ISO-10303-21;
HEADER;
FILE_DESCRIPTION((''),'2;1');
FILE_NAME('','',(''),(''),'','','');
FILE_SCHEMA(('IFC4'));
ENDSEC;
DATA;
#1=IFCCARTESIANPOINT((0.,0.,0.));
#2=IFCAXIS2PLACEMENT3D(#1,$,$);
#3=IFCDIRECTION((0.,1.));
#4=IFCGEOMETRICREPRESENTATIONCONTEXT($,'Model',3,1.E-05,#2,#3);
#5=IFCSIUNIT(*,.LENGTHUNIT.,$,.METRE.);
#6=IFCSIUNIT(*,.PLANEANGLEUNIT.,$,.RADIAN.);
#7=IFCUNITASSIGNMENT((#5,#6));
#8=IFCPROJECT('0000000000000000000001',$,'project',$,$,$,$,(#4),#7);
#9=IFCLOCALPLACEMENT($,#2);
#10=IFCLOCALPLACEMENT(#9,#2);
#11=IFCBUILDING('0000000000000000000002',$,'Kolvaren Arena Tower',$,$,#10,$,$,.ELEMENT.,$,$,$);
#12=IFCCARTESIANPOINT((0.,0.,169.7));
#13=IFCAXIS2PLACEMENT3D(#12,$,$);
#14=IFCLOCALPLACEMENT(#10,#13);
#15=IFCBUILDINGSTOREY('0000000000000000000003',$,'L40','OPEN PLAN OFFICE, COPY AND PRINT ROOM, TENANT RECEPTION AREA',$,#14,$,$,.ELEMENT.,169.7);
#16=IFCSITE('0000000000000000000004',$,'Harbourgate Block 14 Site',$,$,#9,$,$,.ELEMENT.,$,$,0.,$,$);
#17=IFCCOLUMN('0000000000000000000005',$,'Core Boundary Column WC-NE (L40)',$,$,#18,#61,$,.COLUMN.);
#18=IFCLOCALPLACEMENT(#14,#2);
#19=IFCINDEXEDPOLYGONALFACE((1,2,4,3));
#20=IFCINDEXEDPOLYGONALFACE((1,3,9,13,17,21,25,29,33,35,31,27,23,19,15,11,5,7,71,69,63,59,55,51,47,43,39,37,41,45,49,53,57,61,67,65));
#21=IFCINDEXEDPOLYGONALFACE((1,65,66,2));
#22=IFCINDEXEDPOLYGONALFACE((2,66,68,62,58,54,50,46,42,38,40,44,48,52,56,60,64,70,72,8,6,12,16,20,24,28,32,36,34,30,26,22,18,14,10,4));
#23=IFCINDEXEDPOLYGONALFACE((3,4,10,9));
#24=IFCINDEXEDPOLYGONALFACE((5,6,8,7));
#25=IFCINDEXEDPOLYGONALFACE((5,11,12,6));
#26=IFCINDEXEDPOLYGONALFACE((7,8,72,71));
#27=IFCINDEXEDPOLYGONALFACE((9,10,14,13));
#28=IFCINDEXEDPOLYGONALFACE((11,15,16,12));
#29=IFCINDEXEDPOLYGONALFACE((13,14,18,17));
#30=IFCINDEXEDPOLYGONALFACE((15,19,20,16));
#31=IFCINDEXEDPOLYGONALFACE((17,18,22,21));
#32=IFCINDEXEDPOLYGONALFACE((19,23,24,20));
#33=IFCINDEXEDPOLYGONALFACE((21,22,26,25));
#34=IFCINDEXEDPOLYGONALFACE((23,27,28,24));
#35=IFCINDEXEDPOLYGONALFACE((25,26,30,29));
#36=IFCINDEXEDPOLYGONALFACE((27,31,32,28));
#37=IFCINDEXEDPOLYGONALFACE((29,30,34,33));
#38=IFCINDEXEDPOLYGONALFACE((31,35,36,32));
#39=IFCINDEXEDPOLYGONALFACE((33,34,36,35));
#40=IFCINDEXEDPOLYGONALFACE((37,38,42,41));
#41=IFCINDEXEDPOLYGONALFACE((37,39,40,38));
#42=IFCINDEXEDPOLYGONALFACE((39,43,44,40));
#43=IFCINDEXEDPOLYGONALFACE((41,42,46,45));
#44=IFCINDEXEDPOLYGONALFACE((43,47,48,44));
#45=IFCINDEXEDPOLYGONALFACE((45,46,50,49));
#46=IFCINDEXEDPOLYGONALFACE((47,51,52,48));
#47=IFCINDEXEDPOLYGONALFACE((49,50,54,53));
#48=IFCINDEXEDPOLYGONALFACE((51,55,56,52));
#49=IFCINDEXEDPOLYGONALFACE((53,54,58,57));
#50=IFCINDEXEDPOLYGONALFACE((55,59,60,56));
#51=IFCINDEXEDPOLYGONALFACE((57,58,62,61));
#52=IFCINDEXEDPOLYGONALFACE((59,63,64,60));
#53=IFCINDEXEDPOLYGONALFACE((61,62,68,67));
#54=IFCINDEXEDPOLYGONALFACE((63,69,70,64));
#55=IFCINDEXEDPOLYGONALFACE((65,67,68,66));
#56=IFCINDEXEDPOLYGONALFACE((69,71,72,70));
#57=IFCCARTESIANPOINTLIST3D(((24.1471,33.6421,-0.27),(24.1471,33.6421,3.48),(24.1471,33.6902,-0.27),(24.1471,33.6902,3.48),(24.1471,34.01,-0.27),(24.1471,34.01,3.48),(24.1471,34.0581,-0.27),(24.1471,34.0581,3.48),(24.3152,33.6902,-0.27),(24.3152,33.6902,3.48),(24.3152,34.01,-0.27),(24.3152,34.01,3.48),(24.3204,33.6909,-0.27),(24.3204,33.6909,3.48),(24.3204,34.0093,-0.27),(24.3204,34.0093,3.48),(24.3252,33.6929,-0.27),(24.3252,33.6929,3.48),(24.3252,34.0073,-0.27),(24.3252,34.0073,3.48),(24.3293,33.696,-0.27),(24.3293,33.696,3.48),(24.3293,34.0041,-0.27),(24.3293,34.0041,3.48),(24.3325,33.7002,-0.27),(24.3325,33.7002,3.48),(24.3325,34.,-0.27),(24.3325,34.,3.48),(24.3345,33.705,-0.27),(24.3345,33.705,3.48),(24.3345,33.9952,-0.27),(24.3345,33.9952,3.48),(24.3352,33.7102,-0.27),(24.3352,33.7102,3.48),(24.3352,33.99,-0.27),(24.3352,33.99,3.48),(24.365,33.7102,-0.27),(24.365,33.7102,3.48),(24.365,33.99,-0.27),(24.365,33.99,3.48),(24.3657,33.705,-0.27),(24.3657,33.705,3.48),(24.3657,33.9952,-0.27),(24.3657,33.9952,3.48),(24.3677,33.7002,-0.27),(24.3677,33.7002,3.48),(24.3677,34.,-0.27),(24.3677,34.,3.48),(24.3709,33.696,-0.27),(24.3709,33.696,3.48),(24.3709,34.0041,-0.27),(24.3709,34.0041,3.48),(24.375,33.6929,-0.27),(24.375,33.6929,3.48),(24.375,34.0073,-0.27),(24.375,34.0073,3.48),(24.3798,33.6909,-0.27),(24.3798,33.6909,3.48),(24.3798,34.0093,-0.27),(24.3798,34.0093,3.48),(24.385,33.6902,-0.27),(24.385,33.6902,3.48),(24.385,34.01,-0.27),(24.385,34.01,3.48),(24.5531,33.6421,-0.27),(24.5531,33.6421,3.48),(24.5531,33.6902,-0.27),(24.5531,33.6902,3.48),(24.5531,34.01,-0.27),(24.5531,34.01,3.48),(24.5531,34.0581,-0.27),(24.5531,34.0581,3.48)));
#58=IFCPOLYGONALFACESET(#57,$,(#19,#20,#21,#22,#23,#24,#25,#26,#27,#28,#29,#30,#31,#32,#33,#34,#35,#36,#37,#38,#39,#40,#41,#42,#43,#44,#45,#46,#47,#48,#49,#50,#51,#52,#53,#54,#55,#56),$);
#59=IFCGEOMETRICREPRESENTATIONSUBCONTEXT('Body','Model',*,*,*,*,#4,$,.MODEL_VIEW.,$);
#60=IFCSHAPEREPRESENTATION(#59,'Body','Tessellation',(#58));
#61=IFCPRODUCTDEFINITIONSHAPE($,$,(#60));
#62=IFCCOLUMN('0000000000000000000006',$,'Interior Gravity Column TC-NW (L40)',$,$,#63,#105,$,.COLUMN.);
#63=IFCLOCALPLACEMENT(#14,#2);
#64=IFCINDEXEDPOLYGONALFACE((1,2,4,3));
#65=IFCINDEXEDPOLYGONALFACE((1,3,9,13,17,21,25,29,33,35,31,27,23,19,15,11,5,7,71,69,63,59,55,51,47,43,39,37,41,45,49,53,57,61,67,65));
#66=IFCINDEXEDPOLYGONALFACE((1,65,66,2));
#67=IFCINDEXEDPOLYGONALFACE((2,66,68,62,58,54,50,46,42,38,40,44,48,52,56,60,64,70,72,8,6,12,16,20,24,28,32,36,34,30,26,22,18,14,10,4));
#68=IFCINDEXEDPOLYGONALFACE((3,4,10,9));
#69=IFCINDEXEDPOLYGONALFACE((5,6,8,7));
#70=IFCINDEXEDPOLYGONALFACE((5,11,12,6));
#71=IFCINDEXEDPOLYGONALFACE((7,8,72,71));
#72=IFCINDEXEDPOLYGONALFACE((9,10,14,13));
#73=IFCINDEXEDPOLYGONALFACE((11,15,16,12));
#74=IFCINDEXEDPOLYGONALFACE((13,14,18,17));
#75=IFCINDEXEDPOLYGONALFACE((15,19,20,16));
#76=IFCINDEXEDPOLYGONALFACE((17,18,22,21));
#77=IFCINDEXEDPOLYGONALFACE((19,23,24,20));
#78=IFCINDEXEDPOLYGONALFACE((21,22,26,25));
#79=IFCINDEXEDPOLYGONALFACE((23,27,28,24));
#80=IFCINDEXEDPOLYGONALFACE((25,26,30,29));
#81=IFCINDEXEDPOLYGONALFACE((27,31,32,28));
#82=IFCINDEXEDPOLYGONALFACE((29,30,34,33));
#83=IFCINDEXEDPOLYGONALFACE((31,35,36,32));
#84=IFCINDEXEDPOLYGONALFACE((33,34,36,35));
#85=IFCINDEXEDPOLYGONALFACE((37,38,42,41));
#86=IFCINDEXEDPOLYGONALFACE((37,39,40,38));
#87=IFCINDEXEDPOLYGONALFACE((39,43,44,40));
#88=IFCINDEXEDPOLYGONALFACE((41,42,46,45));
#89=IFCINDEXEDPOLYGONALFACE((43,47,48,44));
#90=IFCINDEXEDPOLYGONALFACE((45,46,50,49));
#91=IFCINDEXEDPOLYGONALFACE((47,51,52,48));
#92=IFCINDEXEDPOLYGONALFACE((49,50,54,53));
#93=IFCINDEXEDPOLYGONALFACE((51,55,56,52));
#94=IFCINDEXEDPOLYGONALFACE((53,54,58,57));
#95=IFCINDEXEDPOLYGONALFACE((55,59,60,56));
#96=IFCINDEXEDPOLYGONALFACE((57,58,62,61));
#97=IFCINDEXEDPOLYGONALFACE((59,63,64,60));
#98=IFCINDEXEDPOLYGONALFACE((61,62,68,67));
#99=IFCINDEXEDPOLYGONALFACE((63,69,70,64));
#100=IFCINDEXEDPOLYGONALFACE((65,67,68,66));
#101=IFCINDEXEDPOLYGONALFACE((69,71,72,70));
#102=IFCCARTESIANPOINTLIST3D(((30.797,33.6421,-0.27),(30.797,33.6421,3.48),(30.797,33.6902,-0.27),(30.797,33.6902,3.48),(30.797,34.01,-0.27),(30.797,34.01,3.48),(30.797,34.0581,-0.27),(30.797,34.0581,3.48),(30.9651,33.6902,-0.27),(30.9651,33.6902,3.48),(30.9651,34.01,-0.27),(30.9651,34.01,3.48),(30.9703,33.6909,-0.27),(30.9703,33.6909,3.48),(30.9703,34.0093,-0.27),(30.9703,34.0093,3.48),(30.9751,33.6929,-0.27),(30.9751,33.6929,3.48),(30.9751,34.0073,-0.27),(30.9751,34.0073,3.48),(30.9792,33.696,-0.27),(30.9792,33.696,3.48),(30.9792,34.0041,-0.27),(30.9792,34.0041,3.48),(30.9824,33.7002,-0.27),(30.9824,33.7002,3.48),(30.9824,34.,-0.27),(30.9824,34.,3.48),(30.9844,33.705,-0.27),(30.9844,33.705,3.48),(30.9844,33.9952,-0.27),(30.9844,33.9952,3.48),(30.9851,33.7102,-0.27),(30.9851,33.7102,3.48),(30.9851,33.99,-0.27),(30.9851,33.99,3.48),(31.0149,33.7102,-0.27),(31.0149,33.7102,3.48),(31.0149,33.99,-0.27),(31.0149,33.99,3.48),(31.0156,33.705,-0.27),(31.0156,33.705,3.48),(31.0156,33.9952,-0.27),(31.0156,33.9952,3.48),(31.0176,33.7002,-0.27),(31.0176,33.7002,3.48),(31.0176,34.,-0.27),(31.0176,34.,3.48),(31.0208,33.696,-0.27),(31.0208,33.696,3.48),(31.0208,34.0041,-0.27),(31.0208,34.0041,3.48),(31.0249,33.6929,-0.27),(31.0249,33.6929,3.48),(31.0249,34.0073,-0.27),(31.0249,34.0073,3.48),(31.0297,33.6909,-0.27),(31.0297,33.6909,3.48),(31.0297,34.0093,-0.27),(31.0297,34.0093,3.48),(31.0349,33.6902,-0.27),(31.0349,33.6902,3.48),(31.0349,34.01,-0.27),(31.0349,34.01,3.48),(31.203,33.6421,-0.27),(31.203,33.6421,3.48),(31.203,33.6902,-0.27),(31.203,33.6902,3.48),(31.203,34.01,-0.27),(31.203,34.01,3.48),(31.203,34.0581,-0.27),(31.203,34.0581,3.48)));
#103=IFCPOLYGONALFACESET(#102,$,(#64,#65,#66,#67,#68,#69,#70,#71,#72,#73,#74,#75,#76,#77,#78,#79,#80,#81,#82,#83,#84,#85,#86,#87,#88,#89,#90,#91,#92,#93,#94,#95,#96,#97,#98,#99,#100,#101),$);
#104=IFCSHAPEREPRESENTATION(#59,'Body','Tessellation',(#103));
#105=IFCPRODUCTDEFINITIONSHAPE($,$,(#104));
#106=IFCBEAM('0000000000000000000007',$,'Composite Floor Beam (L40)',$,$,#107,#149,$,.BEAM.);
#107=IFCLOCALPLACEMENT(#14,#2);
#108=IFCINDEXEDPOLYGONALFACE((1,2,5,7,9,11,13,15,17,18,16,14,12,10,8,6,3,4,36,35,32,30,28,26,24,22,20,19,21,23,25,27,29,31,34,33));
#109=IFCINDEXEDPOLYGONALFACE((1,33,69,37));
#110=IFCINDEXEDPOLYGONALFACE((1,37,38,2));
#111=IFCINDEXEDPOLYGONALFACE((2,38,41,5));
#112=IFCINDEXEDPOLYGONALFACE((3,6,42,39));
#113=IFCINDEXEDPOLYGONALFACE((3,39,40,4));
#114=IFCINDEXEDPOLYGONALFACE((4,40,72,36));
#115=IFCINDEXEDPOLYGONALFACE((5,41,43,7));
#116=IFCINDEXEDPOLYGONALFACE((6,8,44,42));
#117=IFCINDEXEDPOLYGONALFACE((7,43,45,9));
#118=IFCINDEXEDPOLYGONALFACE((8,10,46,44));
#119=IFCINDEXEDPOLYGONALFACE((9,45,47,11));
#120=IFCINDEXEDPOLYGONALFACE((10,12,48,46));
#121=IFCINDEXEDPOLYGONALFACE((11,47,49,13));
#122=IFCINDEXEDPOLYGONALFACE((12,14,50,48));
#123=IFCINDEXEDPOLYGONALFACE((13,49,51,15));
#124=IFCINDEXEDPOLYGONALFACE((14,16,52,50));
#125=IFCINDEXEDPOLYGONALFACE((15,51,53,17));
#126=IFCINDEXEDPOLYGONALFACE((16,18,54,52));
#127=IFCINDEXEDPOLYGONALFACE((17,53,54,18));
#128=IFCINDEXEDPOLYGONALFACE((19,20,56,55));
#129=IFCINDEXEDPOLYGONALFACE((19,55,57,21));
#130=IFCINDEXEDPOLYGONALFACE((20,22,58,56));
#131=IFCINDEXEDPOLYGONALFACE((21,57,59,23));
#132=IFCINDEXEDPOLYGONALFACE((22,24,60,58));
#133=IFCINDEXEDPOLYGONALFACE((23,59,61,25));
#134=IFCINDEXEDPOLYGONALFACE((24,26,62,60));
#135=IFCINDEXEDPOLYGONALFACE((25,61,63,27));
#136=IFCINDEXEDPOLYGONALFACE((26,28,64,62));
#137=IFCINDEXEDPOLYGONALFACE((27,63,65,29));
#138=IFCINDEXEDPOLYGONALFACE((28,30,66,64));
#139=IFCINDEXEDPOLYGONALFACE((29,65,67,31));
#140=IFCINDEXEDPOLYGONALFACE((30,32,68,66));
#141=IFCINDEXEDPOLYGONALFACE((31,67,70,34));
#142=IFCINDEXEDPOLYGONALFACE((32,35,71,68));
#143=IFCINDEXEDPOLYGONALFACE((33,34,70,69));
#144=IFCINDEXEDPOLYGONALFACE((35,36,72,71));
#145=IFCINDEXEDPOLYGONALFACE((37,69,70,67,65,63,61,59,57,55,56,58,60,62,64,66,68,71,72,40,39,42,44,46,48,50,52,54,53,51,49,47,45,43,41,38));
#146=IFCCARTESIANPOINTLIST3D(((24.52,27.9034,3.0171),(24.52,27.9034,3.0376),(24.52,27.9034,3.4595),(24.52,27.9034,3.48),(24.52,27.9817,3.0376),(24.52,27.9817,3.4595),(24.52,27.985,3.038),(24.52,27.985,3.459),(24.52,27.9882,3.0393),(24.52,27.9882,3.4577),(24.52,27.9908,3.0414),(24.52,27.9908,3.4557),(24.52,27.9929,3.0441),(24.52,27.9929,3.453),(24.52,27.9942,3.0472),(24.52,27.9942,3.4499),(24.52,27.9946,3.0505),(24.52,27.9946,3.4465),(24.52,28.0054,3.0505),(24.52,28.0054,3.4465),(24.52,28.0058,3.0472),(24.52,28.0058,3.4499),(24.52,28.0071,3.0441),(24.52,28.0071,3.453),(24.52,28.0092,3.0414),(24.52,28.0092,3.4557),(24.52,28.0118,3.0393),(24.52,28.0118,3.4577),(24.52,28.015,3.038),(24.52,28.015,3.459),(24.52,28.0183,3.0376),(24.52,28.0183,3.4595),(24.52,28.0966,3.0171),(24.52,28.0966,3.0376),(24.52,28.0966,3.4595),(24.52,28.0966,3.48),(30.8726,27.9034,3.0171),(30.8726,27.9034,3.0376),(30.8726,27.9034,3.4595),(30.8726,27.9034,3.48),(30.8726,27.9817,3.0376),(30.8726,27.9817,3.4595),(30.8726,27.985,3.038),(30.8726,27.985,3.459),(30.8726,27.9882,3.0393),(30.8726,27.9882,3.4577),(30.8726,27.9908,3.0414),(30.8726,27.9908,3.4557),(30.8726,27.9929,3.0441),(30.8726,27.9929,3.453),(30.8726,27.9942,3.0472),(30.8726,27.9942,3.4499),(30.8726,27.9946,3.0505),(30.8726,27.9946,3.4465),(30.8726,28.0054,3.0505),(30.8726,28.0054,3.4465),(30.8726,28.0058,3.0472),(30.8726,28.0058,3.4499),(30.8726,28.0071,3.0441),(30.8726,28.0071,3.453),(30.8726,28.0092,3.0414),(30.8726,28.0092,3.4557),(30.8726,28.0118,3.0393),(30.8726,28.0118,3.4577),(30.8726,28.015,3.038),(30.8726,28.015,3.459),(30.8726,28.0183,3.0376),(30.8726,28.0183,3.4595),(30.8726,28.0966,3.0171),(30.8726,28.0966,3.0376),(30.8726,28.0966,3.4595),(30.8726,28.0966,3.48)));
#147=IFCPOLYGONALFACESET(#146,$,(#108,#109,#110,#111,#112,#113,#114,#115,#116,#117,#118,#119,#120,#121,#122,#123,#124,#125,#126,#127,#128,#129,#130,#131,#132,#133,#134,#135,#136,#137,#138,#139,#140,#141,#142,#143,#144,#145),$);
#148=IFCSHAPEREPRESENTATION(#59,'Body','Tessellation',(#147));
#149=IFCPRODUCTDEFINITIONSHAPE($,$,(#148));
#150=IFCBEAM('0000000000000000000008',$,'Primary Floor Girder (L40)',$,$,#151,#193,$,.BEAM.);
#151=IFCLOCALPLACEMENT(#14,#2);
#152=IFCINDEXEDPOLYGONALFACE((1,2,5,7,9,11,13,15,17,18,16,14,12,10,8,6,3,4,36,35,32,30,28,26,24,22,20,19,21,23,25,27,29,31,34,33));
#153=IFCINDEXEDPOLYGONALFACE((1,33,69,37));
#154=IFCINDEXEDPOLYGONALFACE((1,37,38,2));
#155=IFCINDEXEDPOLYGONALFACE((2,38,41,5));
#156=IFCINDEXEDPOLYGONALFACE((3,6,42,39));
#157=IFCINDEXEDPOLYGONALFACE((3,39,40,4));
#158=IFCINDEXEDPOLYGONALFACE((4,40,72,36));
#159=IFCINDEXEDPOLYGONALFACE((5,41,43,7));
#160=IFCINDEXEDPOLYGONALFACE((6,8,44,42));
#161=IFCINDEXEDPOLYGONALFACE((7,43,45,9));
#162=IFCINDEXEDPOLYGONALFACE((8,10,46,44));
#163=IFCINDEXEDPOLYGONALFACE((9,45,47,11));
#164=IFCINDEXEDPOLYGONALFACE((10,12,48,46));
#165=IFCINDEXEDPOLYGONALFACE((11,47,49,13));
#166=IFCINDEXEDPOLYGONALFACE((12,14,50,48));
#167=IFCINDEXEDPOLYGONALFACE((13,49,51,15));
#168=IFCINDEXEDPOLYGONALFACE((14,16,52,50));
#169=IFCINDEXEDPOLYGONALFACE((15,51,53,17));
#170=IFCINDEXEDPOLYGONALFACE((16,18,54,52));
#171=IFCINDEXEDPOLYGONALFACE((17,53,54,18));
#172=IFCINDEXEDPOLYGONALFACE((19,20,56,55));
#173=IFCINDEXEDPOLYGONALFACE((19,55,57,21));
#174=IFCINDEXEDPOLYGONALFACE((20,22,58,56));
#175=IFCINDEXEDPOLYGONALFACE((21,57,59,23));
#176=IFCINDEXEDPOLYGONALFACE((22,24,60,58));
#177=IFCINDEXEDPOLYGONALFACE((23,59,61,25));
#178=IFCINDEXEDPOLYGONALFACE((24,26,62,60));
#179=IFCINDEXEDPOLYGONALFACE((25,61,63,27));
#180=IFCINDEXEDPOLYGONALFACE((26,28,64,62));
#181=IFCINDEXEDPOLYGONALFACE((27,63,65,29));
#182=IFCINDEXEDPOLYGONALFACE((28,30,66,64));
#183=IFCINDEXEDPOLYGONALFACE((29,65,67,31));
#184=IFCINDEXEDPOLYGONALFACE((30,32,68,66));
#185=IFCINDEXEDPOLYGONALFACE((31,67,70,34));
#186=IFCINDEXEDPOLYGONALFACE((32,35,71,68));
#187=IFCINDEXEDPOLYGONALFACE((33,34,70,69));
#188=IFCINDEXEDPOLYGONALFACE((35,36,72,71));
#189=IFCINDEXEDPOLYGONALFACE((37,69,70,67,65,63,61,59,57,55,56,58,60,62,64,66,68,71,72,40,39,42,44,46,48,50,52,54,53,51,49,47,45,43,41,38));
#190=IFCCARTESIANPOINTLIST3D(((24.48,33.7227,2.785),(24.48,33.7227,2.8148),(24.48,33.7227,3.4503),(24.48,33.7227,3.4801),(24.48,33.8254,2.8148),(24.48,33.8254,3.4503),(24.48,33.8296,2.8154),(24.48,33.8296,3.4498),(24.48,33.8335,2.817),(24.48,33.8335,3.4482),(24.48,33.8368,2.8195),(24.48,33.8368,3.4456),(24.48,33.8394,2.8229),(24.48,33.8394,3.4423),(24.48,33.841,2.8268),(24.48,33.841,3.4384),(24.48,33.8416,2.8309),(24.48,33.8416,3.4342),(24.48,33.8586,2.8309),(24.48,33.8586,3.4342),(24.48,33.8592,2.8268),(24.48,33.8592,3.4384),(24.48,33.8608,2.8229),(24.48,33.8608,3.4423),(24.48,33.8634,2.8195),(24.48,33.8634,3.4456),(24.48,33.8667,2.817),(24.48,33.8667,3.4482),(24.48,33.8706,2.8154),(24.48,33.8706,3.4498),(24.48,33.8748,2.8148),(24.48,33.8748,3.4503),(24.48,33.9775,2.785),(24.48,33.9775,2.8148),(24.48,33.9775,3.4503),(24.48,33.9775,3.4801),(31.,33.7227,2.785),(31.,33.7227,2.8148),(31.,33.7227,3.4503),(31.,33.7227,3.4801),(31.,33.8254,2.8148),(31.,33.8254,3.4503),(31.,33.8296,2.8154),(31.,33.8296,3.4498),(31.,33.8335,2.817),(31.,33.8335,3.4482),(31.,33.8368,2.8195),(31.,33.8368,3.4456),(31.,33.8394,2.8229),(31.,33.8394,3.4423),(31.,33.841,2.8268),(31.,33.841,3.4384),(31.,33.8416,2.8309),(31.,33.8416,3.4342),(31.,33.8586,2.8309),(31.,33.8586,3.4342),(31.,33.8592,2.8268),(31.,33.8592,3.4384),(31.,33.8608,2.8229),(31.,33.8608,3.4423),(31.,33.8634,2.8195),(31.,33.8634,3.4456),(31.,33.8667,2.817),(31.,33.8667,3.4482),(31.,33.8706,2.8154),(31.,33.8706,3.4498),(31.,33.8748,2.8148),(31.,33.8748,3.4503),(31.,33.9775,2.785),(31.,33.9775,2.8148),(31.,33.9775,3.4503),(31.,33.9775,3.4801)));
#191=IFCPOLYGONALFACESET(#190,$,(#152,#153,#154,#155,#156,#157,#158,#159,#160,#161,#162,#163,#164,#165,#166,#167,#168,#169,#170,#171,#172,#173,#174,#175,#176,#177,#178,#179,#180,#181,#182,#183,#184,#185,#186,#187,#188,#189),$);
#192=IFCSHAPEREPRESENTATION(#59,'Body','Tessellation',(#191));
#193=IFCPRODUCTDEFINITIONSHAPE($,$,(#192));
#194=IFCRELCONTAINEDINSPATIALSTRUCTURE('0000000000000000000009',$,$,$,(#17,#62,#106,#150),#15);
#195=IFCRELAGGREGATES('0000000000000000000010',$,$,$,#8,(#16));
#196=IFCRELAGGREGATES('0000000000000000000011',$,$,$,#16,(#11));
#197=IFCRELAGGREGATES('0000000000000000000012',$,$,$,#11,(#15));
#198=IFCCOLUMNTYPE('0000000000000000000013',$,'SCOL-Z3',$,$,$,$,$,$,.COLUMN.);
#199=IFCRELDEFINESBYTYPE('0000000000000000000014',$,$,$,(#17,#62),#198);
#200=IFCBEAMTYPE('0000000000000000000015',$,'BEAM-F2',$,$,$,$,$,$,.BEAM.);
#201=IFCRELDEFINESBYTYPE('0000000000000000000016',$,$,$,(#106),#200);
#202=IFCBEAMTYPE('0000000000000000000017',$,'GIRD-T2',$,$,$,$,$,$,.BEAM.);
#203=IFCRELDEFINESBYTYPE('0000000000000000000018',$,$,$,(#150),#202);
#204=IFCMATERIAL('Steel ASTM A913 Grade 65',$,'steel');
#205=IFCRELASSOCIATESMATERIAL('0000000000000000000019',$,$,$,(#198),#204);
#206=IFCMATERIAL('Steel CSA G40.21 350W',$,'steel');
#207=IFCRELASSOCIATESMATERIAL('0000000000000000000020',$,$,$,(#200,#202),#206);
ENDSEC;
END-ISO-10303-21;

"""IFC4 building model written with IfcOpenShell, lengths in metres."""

from ifc_helpers import new_model, si_unit, direction, frame, origin, origin_2d, place, context, subcontext, project, spatial, i_section, extrude, material, material_profile, profile_set, type_object, element, save


model = new_model("IFC4")

# Units and contexts
model_context = context("Model", 3, precision=1e-05, world=origin(), true_north=direction((0.0, 1.0)))
body_context = subcontext(model_context, "Body", "Model", "MODEL_VIEW")
ifc_project = project(units=[si_unit("LENGTHUNIT", "METRE"), si_unit("PLANEANGLEUNIT", "RADIAN")], contexts=[model_context])

# Site, building, storey
site_placement = place(None, origin())
site = spatial("IfcSite", under=ifc_project, at=site_placement, Name="Harbourgate Block 14 Site", CompositionType="ELEMENT", RefElevation=0.0)
building_placement = place(site_placement, origin())
building = spatial("IfcBuilding", under=site, at=building_placement, Name="Kolvaren Arena Tower", CompositionType="ELEMENT")
storey_placement = place(building_placement, frame((0.0, 0.0, 169.7)))
storey = spatial("IfcBuildingStorey", under=building, at=storey_placement, Name="L40", Description="OPEN PLAN OFFICE, COPY AND PRINT ROOM, TENANT RECEPTION AREA", CompositionType="ELEMENT", Elevation=169.7)

# Columns
ifc_material_1 = material(Name="Steel ASTM A913 Grade 65", Category="steel")
ifc_material_profile_1 = material_profile(ifc_material_1, i_section(OverallWidth=0.406, OverallDepth=0.416, WebThickness=0.0298, FlangeThickness=0.0481, FilletRadius=0.02, at=origin_2d()), Name="W360x382")
ifc_profile_set_1 = profile_set([ifc_material_profile_1], Name="Steel ASTM A913 Grade 65")
column_type = type_object("IfcColumnType", Name="SCOL-Z3", PredefinedType="COLUMN", material=ifc_profile_set_1)
for number, where, z_axis, x_axis, name in (
    (1, (24.3501, 33.8501, -0.27), (0.0, 0.0, 1.0), (1.0, 0.0, 0.0), "Core Boundary Column WC-NE (L40)"),
    (2, (31.0, 33.8501, -0.27), (0.0, 0.0, 1.0), (1.0, 0.0, 0.0), "Interior Gravity Column TC-NW (L40)"),
):
    element("IfcColumn", number, at=place(storey_placement, frame(where, z_axis=z_axis, x_axis=x_axis)), inside=storey, type_object=column_type, Name=name, PredefinedType="COLUMN", context=body_context, shape_type="SweptSolid", body=[
        extrude(i_section(OverallWidth=0.406, OverallDepth=0.416, WebThickness=0.0298, FlangeThickness=0.0481, FilletRadius=0.02, at=origin_2d()), origin(), (0.0, 0.0, 1.0), 3.75),
    ])

# Beams
ifc_material_2 = material(Name="Steel CSA G40.21 350W", Category="steel")
ifc_material_profile_2 = material_profile(ifc_material_2, i_section(OverallWidth=0.1931, OverallDepth=0.4629, WebThickness=0.0107, FlangeThickness=0.0205, FilletRadius=0.0129, at=origin_2d()), Name="W460x113")
ifc_profile_set_2 = profile_set([ifc_material_profile_2], Name="Steel CSA G40.21 350W")
beam_type_1 = type_object("IfcBeamType", Name="BEAM-F2", PredefinedType="BEAM", material=ifc_profile_set_2)
beam_1_placement = place(storey_placement, frame((24.52, 28.0, 3.2485), z_axis=(1.0, 0.0, 0.0), x_axis=(0.0, 1.0, 0.0)))
element("IfcBeam", 3, at=beam_1_placement, inside=storey, type_object=beam_type_1, Name="Composite Floor Beam (L40)", PredefinedType="BEAM", context=body_context, shape_type="SweptSolid", body=[
    extrude(i_section(OverallWidth=0.1931, OverallDepth=0.4629, WebThickness=0.0107, FlangeThickness=0.0205, FilletRadius=0.0129, at=origin_2d()), origin(), (0.0, 0.0, 1.0), 6.3525),
])
ifc_material_profile_3 = material_profile(ifc_material_2, i_section(OverallWidth=0.2549, OverallDepth=0.6951, WebThickness=0.0171, FlangeThickness=0.0298, FilletRadius=0.0161, at=origin_2d()), Name="W690x217")
ifc_profile_set_3 = profile_set([ifc_material_profile_3], Name="Steel CSA G40.21 350W")
beam_type_2 = type_object("IfcBeamType", Name="GIRD-T2", PredefinedType="BEAM", material=ifc_profile_set_3)
beam_2_placement = place(storey_placement, frame((24.48, 33.8501, 3.1326), z_axis=(1.0, 0.0, 0.0), x_axis=(0.0, 1.0, 0.0)))
element("IfcBeam", 4, at=beam_2_placement, inside=storey, type_object=beam_type_2, Name="Primary Floor Girder (L40)", PredefinedType="BEAM", context=body_context, shape_type="SweptSolid", body=[
    extrude(i_section(OverallWidth=0.2549, OverallDepth=0.6951, WebThickness=0.0171, FlangeThickness=0.0298, FilletRadius=0.0161, at=origin_2d()), origin(), (0.0, 0.0, 1.0), 6.52),
])

save(model, "model.ifc")
